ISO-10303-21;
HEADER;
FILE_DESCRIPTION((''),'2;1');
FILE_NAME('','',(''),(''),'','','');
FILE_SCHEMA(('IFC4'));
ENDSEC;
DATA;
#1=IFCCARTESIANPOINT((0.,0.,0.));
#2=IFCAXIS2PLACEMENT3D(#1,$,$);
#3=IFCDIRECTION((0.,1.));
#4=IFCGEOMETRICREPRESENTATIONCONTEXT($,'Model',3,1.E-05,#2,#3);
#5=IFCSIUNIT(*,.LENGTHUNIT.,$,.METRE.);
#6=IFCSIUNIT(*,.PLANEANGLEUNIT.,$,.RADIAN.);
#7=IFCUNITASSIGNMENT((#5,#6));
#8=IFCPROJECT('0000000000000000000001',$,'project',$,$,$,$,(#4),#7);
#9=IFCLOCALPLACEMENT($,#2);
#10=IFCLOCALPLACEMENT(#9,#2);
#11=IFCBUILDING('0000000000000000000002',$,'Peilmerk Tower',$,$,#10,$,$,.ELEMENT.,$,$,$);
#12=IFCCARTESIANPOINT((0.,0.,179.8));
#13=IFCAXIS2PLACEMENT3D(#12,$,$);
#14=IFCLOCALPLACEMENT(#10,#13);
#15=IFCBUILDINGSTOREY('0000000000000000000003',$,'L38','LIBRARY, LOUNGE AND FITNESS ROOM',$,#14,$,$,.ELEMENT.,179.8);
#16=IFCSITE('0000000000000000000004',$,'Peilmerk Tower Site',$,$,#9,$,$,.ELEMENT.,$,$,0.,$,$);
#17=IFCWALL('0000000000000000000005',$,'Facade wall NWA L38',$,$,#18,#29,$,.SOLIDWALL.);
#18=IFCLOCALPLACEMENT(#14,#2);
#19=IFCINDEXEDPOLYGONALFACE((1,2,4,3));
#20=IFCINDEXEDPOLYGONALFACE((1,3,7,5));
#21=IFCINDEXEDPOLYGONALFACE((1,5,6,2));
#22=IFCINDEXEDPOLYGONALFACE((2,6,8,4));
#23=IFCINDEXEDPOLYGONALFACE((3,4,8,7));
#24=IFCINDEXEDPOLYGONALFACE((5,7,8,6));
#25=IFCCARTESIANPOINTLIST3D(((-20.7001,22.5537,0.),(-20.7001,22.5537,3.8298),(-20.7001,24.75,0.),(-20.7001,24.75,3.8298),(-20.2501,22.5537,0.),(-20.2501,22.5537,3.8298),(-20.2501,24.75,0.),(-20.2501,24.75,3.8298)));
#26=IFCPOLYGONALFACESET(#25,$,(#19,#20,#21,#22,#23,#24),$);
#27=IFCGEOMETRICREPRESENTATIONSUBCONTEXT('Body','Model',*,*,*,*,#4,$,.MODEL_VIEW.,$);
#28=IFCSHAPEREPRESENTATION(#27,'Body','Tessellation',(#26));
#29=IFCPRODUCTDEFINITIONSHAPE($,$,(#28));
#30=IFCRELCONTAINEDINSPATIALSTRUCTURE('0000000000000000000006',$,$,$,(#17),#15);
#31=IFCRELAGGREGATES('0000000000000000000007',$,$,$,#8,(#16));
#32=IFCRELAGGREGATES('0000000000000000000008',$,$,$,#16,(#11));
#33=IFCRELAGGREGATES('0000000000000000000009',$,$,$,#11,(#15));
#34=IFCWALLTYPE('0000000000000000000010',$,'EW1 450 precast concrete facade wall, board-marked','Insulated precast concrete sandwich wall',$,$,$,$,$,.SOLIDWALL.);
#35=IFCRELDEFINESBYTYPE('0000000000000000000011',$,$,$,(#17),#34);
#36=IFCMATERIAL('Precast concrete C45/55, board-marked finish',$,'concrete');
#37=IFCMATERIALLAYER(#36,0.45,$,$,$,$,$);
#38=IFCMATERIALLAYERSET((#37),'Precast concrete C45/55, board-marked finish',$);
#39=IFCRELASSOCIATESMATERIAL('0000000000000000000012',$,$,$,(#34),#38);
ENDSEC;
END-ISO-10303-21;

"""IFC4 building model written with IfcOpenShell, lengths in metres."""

from ifc_helpers import new_model, si_unit, direction, frame, frame_2d, origin, place, context, subcontext, project, spatial, rectangle, extrude, material, layer, layer_set, type_object, element, save


model = new_model("IFC4")

# Units and contexts
model_context = context("Model", 3, precision=1e-05, world=origin(), true_north=direction((0.0, 1.0)))
body_context = subcontext(model_context, "Body", "Model", "MODEL_VIEW")
ifc_project = project(units=[si_unit("LENGTHUNIT", "METRE"), si_unit("PLANEANGLEUNIT", "RADIAN")], contexts=[model_context])

# Site, building, storey
site_placement = place(None, origin())
site = spatial("IfcSite", under=ifc_project, at=site_placement, Name="Peilmerk Tower Site", CompositionType="ELEMENT", RefElevation=0.0)
building_placement = place(site_placement, origin())
building = spatial("IfcBuilding", under=site, at=building_placement, Name="Peilmerk Tower", CompositionType="ELEMENT")
storey_placement = place(building_placement, frame((0.0, 0.0, 179.8)))
storey = spatial("IfcBuildingStorey", under=building, at=storey_placement, Name="L38", Description="LIBRARY, LOUNGE AND FITNESS ROOM", CompositionType="ELEMENT", Elevation=179.8)

# Shared definitions
ifc_material_1 = material(Name="Precast concrete C45/55, board-marked finish", Category="concrete")
ifc_layer_1 = layer(ifc_material_1, 0.45)
ifc_layer_set_1 = layer_set([ifc_layer_1], Name="Precast concrete C45/55, board-marked finish")
wall_type = type_object("IfcWallType", Name="EW1 450 precast concrete facade wall, board-marked", Description="Insulated precast concrete sandwich wall", PredefinedType="SOLIDWALL", material=ifc_layer_set_1)

# Wall
wall_1_placement = place(storey_placement, frame((-20.4751, 22.5537, 0.0), z_axis=(0.0, 0.0, 1.0), x_axis=(0.0, 1.0, 0.0)))
element("IfcWall", 1, at=wall_1_placement, inside=storey, type_object=wall_type, Name="Facade wall NWA L38", PredefinedType="SOLIDWALL", context=body_context, shape_type="SweptSolid", body=[
    extrude(rectangle(XDim=2.1963, YDim=0.45, at=frame_2d((1.0981, 0.0))), origin(), (0.0, 0.0, 1.0), 3.8298),
])

save(model, "model.ifc")
